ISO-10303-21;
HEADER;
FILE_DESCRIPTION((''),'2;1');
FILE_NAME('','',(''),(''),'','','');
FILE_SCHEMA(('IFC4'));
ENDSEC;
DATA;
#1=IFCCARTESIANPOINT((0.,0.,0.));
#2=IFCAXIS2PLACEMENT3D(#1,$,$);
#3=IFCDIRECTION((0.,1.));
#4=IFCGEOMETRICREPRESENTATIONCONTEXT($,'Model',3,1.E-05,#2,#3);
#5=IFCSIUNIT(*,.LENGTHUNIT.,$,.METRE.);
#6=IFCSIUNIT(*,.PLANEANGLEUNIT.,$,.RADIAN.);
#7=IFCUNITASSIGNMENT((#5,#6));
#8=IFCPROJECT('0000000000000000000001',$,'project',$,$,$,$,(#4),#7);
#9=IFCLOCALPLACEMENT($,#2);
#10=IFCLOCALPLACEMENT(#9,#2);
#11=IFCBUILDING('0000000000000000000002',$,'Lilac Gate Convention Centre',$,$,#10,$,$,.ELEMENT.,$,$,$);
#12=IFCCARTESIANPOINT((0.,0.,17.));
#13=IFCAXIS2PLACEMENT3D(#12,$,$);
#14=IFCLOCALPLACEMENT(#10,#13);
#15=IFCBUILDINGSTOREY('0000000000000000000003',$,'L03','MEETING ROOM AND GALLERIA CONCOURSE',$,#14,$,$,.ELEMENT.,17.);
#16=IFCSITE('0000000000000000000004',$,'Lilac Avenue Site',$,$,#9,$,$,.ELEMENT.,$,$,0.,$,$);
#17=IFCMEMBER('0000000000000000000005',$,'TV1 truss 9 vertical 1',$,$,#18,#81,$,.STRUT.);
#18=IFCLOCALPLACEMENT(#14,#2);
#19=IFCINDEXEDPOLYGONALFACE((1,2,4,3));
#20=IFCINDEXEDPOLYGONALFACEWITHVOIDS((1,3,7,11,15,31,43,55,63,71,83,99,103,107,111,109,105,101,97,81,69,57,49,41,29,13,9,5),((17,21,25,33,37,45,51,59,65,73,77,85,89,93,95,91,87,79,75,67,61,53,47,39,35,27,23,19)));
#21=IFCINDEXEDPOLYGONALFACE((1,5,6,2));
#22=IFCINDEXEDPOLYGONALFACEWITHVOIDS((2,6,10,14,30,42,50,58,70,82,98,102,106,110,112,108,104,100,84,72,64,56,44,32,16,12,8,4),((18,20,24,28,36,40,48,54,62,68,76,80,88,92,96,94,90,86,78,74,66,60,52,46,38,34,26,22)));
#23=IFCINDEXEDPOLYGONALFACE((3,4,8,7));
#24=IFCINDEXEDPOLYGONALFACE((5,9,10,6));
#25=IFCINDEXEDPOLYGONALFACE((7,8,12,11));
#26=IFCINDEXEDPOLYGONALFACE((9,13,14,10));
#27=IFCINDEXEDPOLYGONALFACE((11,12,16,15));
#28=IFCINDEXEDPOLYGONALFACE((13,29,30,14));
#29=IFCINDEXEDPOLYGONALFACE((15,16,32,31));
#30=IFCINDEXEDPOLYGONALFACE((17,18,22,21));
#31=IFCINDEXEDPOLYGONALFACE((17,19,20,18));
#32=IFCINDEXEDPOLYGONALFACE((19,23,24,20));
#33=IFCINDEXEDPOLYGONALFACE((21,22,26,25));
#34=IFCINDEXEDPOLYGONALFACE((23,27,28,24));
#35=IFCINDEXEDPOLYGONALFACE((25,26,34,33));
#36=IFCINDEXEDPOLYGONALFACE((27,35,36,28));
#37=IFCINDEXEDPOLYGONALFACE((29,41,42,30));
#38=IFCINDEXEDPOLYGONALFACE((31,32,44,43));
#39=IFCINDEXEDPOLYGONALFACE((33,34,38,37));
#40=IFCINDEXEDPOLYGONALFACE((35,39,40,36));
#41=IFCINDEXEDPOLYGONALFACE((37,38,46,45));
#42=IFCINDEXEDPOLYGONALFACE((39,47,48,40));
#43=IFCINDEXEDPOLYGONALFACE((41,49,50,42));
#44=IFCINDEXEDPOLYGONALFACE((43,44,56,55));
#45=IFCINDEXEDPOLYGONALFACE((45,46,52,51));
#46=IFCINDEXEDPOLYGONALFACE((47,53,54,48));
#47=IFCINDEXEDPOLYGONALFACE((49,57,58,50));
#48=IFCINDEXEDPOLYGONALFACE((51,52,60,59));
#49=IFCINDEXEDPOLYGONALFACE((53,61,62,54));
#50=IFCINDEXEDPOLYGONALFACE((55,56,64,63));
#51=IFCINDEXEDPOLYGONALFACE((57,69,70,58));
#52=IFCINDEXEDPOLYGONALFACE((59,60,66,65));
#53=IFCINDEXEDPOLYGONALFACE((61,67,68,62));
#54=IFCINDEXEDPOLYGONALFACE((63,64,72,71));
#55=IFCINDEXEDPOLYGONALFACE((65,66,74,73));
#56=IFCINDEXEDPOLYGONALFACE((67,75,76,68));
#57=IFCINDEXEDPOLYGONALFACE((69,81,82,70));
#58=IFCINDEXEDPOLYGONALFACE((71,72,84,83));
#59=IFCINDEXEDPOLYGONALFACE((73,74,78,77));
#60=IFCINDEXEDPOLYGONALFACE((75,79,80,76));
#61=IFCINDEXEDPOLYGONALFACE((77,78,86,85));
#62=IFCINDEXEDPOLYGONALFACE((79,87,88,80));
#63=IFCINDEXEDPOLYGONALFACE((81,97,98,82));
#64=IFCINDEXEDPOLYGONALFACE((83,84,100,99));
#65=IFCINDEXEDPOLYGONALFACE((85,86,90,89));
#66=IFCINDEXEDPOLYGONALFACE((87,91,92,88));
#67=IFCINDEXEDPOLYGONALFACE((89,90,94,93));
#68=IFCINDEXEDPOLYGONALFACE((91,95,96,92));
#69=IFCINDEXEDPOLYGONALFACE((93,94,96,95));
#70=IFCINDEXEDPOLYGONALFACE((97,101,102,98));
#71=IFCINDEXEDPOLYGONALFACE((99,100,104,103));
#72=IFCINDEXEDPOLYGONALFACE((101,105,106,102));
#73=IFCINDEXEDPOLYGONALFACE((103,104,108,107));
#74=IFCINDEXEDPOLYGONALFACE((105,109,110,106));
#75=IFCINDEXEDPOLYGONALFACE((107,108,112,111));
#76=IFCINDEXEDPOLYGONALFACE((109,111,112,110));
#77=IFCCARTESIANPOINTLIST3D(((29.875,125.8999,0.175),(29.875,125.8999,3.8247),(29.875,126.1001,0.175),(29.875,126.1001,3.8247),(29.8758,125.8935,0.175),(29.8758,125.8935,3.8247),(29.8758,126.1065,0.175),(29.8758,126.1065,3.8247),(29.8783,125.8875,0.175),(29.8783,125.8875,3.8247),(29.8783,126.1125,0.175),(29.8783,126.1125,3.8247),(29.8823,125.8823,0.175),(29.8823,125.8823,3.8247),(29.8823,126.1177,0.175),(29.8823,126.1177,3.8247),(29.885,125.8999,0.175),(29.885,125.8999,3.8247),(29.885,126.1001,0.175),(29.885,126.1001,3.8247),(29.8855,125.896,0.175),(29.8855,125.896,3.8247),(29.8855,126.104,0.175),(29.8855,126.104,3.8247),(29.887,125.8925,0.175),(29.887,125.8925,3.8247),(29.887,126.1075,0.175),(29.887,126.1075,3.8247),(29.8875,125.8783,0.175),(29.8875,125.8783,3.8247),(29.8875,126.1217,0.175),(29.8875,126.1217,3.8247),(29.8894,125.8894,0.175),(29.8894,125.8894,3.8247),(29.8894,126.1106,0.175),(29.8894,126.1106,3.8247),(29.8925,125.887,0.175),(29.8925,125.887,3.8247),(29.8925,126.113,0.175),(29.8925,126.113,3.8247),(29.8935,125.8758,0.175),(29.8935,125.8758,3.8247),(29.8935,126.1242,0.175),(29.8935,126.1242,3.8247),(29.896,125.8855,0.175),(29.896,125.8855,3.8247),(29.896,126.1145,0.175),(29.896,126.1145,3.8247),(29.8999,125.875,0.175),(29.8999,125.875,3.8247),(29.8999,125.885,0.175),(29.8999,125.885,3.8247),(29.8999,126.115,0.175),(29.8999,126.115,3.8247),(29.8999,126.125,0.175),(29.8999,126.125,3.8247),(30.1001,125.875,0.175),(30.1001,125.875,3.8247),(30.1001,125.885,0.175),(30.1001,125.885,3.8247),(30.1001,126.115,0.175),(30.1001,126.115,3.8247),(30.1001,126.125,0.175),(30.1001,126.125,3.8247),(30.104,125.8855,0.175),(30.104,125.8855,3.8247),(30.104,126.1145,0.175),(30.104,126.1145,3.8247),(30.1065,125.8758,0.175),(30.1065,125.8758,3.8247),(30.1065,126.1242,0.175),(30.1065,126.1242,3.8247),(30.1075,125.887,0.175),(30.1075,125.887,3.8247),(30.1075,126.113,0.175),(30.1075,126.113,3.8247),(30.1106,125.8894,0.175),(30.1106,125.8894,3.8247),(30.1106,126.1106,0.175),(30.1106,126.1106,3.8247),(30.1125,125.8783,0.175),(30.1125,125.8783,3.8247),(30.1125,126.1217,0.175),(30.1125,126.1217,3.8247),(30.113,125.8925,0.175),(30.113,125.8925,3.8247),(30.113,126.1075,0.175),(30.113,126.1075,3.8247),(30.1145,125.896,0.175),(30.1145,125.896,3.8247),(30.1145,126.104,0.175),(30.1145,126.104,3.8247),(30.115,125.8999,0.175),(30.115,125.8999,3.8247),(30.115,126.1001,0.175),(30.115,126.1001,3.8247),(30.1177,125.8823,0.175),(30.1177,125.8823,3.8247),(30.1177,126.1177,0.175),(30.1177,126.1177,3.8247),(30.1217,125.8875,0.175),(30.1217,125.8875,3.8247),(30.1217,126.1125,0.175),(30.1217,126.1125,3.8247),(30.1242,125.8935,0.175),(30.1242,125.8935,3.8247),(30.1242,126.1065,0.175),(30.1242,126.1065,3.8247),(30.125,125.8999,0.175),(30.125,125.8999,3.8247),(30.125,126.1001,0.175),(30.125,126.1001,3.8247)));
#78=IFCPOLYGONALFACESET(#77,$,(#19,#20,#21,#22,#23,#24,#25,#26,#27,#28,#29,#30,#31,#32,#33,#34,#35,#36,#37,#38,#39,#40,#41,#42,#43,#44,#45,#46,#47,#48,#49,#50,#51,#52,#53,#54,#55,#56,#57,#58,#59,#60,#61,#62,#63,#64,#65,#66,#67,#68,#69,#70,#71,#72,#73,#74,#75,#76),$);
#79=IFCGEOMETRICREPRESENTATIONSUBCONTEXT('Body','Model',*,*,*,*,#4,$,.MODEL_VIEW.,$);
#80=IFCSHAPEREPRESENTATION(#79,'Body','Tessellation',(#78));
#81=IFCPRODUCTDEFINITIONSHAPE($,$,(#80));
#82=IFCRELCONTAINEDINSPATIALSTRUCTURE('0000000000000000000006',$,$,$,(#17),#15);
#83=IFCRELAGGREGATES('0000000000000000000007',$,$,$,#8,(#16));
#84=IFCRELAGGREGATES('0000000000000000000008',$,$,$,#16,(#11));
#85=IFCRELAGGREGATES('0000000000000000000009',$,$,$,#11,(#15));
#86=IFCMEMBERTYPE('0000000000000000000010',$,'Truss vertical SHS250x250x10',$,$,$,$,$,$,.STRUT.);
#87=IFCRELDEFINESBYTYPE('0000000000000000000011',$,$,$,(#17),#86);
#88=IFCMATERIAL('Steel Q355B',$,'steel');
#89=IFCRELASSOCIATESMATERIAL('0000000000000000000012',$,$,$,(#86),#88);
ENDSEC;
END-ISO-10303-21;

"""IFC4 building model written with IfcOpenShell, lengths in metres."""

from ifc_helpers import new_model, si_unit, direction, frame, origin, origin_2d, place, context, subcontext, project, spatial, hollow_rectangle, extrude, material, material_profile, profile_set, type_object, element, save


model = new_model("IFC4")

# Units and contexts
model_context = context("Model", 3, precision=1e-05, world=origin(), true_north=direction((0.0, 1.0)))
body_context = subcontext(model_context, "Body", "Model", "MODEL_VIEW")
ifc_project = project(units=[si_unit("LENGTHUNIT", "METRE"), si_unit("PLANEANGLEUNIT", "RADIAN")], contexts=[model_context])

# Site, building, storey
site_placement = place(None, origin())
site = spatial("IfcSite", under=ifc_project, at=site_placement, Name="Lilac Avenue Site", CompositionType="ELEMENT", RefElevation=0.0)
building_placement = place(site_placement, origin())
building = spatial("IfcBuilding", under=site, at=building_placement, Name="Lilac Gate Convention Centre", CompositionType="ELEMENT")
storey_placement = place(building_placement, frame((0.0, 0.0, 17.0)))
storey = spatial("IfcBuildingStorey", under=building, at=storey_placement, Name="L03", Description="MEETING ROOM AND GALLERIA CONCOURSE", CompositionType="ELEMENT", Elevation=17.0)

# Shared definitions
ifc_material_1 = material(Name="Steel Q355B", Category="steel")

# Member
ifc_material_profile_1 = material_profile(ifc_material_1, hollow_rectangle(XDim=0.25, YDim=0.25, WallThickness=0.01, InnerFilletRadius=0.0149, OuterFilletRadius=0.0249, at=origin_2d()), Name="SHS250x250x10")
ifc_profile_set_1 = profile_set([ifc_material_profile_1], Name="Steel Q355B")
member_type_1 = type_object("IfcMemberType", Name="Truss vertical SHS250x250x10", PredefinedType="STRUT", material=ifc_profile_set_1)
for number, where, z_axis, x_axis, name in (
    (1, (30.0, 126.0, 0.175), (0.0, 0.0, 1.0), (1.0, 0.0, 0.0), "TV1 truss 9 vertical 1"),
):
    element("IfcMember", number, at=place(storey_placement, frame(where, z_axis=z_axis, x_axis=x_axis)), inside=storey, type_object=member_type_1, Name=name, PredefinedType="STRUT", context=body_context, shape_type="SweptSolid", body=[
        extrude(hollow_rectangle(XDim=0.25, YDim=0.25, WallThickness=0.01, InnerFilletRadius=0.0149, OuterFilletRadius=0.0249, at=origin_2d()), origin(), (0.0, 0.0, 1.0), 3.6497),
    ])

save(model, "model.ifc")
